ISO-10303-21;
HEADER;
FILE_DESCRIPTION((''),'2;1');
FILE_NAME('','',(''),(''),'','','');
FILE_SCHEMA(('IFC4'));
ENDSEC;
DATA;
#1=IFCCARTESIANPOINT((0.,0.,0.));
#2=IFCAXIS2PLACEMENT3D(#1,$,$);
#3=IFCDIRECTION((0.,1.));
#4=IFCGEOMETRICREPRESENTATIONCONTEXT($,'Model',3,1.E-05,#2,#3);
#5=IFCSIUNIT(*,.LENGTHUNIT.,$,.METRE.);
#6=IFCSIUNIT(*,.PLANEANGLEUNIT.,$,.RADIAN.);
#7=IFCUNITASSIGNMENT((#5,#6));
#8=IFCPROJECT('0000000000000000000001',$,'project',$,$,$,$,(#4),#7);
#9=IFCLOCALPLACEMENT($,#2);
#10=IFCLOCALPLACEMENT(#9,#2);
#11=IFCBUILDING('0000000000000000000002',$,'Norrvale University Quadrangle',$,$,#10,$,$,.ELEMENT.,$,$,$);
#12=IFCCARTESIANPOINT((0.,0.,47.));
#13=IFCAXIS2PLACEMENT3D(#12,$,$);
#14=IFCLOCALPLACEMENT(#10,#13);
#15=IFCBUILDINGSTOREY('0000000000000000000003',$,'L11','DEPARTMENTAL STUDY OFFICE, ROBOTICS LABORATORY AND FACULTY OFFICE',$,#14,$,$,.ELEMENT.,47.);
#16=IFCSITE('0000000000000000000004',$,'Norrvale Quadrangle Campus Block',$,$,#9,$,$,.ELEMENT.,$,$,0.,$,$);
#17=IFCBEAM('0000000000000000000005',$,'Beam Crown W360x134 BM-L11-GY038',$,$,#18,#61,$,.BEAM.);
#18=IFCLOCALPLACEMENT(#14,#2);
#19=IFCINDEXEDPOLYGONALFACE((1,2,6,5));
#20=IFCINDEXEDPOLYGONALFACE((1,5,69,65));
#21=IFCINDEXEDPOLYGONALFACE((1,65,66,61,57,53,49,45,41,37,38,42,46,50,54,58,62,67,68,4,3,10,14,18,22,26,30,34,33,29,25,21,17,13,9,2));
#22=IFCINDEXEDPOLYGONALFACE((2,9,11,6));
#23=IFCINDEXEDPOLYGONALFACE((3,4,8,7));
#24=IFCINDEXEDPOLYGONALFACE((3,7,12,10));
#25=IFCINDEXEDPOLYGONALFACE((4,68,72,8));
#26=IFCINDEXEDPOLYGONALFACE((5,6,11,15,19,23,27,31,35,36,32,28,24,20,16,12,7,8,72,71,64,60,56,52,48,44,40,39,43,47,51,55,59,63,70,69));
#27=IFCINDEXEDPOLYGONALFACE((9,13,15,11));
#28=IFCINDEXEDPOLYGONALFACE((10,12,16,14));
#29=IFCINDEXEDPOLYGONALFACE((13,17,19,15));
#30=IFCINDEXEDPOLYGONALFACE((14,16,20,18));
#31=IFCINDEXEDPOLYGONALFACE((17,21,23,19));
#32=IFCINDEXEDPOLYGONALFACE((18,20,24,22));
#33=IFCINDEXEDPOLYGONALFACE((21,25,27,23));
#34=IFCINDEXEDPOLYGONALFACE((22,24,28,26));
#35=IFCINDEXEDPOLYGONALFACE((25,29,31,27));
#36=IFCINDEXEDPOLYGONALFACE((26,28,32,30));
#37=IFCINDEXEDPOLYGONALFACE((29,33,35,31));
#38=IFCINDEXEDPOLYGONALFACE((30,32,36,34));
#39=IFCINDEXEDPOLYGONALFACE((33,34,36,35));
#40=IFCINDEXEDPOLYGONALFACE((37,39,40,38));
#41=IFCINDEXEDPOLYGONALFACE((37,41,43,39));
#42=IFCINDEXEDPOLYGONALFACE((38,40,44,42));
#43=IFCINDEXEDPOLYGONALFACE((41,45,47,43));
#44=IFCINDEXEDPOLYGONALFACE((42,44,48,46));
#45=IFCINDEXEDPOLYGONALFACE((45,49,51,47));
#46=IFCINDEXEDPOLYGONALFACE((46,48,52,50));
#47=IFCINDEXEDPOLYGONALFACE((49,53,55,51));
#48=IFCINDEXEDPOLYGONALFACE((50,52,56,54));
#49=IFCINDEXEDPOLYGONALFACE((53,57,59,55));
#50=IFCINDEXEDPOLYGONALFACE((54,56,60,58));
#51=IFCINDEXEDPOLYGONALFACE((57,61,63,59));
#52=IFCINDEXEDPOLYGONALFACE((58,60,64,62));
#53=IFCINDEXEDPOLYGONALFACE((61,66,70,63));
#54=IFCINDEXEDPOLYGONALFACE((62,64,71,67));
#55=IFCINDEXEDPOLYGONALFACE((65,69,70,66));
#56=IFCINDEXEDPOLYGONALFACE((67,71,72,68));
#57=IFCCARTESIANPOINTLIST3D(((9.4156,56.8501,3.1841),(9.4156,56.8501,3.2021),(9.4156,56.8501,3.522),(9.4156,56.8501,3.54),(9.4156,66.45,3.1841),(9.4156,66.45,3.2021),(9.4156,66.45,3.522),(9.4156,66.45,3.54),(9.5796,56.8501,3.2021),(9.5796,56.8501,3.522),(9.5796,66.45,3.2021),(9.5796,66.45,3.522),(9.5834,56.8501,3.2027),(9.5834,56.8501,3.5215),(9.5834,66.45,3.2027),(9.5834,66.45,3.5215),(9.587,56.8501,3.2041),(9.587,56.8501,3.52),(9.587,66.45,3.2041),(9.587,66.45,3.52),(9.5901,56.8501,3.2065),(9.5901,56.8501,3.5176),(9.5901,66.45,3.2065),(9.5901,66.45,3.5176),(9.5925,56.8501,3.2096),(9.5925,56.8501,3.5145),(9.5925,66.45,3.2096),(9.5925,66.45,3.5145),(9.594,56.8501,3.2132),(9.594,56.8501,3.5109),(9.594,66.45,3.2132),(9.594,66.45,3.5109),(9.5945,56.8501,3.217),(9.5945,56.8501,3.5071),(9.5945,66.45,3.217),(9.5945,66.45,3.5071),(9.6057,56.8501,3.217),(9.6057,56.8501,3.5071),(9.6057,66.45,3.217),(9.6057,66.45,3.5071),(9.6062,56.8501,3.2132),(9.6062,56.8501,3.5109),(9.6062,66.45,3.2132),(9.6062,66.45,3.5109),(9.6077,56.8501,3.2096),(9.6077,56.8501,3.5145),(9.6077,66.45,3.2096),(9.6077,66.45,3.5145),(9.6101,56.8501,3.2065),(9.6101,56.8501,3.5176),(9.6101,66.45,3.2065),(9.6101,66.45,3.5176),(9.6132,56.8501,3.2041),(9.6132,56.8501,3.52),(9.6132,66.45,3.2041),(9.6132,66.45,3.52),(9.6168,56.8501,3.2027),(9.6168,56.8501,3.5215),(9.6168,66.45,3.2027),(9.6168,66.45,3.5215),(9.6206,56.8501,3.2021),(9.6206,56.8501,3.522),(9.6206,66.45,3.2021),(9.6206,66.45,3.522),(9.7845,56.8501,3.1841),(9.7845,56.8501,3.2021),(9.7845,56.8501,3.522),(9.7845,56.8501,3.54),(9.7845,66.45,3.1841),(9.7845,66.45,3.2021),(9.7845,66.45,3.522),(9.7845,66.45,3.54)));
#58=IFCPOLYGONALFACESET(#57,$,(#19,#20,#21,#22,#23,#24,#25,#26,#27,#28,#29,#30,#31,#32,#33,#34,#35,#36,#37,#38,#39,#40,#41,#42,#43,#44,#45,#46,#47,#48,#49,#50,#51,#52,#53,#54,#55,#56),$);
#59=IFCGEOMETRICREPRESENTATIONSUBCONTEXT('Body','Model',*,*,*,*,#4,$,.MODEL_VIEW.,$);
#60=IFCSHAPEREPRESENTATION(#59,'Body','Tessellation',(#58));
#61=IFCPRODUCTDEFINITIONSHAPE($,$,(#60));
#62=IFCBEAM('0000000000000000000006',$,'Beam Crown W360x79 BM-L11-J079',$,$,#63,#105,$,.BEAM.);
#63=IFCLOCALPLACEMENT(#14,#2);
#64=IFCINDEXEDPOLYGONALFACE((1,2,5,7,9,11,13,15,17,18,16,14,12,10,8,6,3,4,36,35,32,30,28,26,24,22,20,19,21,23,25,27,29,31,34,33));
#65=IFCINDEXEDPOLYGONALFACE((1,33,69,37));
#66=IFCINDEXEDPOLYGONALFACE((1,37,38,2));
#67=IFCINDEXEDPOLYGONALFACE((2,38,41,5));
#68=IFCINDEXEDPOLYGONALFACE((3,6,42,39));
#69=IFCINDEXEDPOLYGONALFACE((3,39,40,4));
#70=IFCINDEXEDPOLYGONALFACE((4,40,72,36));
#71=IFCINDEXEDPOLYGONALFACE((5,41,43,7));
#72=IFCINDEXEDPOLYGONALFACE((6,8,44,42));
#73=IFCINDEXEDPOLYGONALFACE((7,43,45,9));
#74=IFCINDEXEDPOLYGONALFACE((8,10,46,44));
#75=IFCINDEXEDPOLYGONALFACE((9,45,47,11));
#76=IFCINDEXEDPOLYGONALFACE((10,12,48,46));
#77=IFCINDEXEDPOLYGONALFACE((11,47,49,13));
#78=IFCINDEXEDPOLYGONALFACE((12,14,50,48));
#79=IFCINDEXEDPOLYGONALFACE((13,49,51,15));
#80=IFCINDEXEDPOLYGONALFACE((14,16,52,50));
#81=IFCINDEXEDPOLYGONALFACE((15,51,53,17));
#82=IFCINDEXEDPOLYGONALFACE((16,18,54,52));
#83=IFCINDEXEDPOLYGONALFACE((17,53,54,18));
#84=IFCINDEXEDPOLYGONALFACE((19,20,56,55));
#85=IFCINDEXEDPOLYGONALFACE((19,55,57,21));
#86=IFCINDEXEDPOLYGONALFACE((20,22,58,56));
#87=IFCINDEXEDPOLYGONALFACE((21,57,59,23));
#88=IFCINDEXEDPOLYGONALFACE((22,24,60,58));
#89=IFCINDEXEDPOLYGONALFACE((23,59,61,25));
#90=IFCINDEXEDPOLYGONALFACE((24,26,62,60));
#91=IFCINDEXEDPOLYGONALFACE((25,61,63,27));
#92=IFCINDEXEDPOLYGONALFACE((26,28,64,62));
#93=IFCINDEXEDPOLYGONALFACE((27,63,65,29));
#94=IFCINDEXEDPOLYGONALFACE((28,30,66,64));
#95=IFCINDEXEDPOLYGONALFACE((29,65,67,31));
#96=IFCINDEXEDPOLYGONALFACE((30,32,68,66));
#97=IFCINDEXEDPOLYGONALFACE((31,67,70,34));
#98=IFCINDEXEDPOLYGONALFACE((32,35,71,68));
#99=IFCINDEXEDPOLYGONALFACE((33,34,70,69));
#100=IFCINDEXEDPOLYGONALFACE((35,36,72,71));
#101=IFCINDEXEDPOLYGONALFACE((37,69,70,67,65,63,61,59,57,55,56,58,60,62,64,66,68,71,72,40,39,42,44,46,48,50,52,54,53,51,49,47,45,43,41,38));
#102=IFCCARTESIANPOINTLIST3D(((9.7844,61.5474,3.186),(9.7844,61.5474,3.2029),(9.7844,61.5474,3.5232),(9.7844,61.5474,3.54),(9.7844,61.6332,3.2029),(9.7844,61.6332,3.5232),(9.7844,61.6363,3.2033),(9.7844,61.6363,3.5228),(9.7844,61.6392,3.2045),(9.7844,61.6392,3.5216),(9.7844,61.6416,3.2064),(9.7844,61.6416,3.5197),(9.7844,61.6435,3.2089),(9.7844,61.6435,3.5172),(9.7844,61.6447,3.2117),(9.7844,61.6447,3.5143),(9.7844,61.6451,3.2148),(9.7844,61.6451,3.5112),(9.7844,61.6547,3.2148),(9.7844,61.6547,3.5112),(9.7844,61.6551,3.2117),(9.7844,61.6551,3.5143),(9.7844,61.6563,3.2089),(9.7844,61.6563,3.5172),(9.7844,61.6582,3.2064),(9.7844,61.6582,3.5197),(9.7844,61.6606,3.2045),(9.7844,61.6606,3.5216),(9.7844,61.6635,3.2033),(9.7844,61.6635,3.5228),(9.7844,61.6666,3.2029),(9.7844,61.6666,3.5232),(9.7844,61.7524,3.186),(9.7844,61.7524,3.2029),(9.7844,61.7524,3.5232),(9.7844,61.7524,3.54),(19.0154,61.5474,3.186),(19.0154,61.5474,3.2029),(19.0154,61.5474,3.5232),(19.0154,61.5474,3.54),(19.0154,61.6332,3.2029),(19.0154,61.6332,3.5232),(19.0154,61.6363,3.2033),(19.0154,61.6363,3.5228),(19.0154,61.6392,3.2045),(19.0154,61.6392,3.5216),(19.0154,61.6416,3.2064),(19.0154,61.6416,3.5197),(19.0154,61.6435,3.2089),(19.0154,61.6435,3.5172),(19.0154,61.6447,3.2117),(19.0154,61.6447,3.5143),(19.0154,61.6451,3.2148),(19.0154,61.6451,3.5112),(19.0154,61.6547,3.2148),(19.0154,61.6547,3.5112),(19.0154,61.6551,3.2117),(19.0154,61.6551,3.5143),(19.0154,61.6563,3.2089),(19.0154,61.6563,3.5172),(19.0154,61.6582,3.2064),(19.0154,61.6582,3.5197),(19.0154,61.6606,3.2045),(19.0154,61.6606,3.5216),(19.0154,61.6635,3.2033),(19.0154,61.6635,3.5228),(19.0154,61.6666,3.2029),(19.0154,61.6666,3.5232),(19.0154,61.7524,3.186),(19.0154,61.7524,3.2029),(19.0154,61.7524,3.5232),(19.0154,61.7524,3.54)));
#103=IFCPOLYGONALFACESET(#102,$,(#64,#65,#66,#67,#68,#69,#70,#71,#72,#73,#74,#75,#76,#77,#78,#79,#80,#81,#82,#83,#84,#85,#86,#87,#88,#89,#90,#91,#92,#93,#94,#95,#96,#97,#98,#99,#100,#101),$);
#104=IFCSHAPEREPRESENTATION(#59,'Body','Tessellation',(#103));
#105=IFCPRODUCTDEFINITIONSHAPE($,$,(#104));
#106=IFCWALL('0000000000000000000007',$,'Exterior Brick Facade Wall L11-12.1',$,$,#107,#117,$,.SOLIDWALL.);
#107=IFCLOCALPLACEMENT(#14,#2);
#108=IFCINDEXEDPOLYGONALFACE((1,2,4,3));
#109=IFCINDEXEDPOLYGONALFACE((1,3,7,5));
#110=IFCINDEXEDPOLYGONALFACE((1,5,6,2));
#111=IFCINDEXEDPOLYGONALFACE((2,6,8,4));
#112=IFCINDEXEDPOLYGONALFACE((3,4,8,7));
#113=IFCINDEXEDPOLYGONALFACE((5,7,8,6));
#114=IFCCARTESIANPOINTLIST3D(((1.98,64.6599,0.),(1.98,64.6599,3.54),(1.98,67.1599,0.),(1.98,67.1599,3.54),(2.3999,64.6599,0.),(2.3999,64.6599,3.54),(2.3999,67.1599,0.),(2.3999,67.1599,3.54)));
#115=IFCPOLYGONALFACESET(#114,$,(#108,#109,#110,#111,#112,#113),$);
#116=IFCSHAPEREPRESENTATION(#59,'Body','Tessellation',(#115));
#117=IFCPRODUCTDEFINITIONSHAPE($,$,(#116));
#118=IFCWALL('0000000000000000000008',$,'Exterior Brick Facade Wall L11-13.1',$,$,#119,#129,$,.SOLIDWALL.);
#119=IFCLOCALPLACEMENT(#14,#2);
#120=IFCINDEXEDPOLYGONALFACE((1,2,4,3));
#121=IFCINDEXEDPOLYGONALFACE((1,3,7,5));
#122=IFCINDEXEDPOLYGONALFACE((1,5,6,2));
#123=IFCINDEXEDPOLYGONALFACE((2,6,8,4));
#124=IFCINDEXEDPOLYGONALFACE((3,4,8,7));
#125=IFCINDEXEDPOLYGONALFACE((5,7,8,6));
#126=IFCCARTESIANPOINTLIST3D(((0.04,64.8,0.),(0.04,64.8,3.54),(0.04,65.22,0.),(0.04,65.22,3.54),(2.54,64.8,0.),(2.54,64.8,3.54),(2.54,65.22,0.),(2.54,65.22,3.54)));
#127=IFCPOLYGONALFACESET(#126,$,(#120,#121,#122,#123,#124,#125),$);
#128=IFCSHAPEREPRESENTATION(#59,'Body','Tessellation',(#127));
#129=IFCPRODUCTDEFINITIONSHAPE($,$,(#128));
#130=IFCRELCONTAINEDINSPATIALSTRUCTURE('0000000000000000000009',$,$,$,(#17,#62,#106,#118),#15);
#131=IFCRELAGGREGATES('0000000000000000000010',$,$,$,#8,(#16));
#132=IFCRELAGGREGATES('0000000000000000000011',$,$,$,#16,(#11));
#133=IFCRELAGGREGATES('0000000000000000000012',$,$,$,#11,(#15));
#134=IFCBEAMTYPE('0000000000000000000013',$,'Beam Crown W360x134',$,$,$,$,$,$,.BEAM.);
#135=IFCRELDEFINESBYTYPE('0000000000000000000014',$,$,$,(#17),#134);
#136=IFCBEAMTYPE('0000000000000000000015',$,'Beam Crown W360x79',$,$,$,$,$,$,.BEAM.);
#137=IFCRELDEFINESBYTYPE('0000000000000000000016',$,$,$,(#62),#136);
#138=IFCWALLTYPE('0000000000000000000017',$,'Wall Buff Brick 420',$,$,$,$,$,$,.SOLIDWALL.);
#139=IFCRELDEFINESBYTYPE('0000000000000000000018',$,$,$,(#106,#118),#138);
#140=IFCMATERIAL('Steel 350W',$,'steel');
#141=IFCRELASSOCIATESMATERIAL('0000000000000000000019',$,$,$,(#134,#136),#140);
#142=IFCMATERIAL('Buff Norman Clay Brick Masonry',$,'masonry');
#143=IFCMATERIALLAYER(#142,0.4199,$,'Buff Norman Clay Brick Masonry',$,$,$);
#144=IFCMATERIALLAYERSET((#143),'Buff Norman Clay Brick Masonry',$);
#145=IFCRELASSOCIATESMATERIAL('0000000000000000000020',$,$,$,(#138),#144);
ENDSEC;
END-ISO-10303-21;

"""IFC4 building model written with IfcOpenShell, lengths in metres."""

from ifc_helpers import new_model, si_unit, direction, frame, frame_2d, origin, origin_2d, place, context, subcontext, project, spatial, rectangle, i_section, extrude, material, layer, layer_set, material_profile, profile_set, type_object, element, save


model = new_model("IFC4")

# Units and contexts
model_context = context("Model", 3, precision=1e-05, world=origin(), true_north=direction((0.0, 1.0)))
body_context = subcontext(model_context, "Body", "Model", "MODEL_VIEW")
ifc_project = project(units=[si_unit("LENGTHUNIT", "METRE"), si_unit("PLANEANGLEUNIT", "RADIAN")], contexts=[model_context])

# Site, building, storey
site_placement = place(None, origin())
site = spatial("IfcSite", under=ifc_project, at=site_placement, Name="Norrvale Quadrangle Campus Block", CompositionType="ELEMENT", RefElevation=0.0)
building_placement = place(site_placement, origin())
building = spatial("IfcBuilding", under=site, at=building_placement, Name="Norrvale University Quadrangle", CompositionType="ELEMENT")
storey_placement = place(building_placement, frame((0.0, 0.0, 47.0)))
storey = spatial("IfcBuildingStorey", under=building, at=storey_placement, Name="L11", Description="DEPARTMENTAL STUDY OFFICE, ROBOTICS LABORATORY AND FACULTY OFFICE", CompositionType="ELEMENT", Elevation=47.0)

# Beams
ifc_material_1 = material(Name="Steel 350W", Category="steel")
ifc_material_profile_1 = material_profile(ifc_material_1, i_section(OverallWidth=0.3689, OverallDepth=0.356, WebThickness=0.0112, FlangeThickness=0.0181, FilletRadius=0.0149, at=origin_2d()), Name="Steel 350W")
ifc_profile_set_1 = profile_set([ifc_material_profile_1], Name="Steel 350W")
beam_type_1 = type_object("IfcBeamType", Name="Beam Crown W360x134", PredefinedType="BEAM", material=ifc_profile_set_1)
for number, where, z_axis, x_axis, name in (
    (1, (9.6001, 56.8501, 3.3621), (0.0, 1.0, 0.0), (-1.0, 0.0, 0.0), "Beam Crown W360x134 BM-L11-GY038"),
):
    element("IfcBeam", number, at=place(storey_placement, frame(where, z_axis=z_axis, x_axis=x_axis)), inside=storey, type_object=beam_type_1, Name=name, PredefinedType="BEAM", context=body_context, shape_type="SweptSolid", body=[
        extrude(i_section(OverallWidth=0.3689, OverallDepth=0.356, WebThickness=0.0112, FlangeThickness=0.0181, FilletRadius=0.0149, at=origin_2d()), origin(), (0.0, 0.0, 1.0), 9.5999),
    ])
ifc_material_profile_2 = material_profile(ifc_material_1, i_section(OverallWidth=0.2051, OverallDepth=0.354, WebThickness=0.0095, FlangeThickness=0.0168, FilletRadius=0.012, at=origin_2d()), Name="Steel 350W")
ifc_profile_set_2 = profile_set([ifc_material_profile_2], Name="Steel 350W")
beam_type_2 = type_object("IfcBeamType", Name="Beam Crown W360x79", PredefinedType="BEAM", material=ifc_profile_set_2)
beam_1_placement = place(storey_placement, frame((9.7844, 61.6499, 3.363), z_axis=(1.0, 0.0, 0.0), x_axis=(0.0, 1.0, 0.0)))
element("IfcBeam", 2, at=beam_1_placement, inside=storey, type_object=beam_type_2, Name="Beam Crown W360x79 BM-L11-J079", PredefinedType="BEAM", context=body_context, shape_type="SweptSolid", body=[
    extrude(i_section(OverallWidth=0.2051, OverallDepth=0.354, WebThickness=0.0095, FlangeThickness=0.0168, FilletRadius=0.012, at=origin_2d()), origin(), (0.0, 0.0, 1.0), 9.231),
])

# Walls
ifc_material_2 = material(Name="Buff Norman Clay Brick Masonry", Category="masonry")
ifc_layer = layer(ifc_material_2, 0.4199, Name="Buff Norman Clay Brick Masonry")
ifc_layer_set = layer_set([ifc_layer], Name="Buff Norman Clay Brick Masonry")
wall_type = type_object("IfcWallType", Name="Wall Buff Brick 420", PredefinedType="SOLIDWALL", material=ifc_layer_set)
for number, where, z_axis, x_axis, name in (
    (3, (2.1899, 67.1599, 0.0), (0.0, 0.0, 1.0), (0.0, -1.0, 0.0), "Exterior Brick Facade Wall L11-12.1"),
    (4, (2.54, 65.01, 0.0), (0.0, 0.0, 1.0), (-1.0, 0.0, 0.0), "Exterior Brick Facade Wall L11-13.1"),
):
    element("IfcWall", number, at=place(storey_placement, frame(where, z_axis=z_axis, x_axis=x_axis)), inside=storey, type_object=wall_type, Name=name, PredefinedType="SOLIDWALL", context=body_context, shape_type="SweptSolid", body=[
        extrude(rectangle(XDim=2.5, YDim=0.4199, at=frame_2d((1.25, 0.0))), origin(), (0.0, 0.0, 1.0), 3.54),
    ])

save(model, "model.ifc")
